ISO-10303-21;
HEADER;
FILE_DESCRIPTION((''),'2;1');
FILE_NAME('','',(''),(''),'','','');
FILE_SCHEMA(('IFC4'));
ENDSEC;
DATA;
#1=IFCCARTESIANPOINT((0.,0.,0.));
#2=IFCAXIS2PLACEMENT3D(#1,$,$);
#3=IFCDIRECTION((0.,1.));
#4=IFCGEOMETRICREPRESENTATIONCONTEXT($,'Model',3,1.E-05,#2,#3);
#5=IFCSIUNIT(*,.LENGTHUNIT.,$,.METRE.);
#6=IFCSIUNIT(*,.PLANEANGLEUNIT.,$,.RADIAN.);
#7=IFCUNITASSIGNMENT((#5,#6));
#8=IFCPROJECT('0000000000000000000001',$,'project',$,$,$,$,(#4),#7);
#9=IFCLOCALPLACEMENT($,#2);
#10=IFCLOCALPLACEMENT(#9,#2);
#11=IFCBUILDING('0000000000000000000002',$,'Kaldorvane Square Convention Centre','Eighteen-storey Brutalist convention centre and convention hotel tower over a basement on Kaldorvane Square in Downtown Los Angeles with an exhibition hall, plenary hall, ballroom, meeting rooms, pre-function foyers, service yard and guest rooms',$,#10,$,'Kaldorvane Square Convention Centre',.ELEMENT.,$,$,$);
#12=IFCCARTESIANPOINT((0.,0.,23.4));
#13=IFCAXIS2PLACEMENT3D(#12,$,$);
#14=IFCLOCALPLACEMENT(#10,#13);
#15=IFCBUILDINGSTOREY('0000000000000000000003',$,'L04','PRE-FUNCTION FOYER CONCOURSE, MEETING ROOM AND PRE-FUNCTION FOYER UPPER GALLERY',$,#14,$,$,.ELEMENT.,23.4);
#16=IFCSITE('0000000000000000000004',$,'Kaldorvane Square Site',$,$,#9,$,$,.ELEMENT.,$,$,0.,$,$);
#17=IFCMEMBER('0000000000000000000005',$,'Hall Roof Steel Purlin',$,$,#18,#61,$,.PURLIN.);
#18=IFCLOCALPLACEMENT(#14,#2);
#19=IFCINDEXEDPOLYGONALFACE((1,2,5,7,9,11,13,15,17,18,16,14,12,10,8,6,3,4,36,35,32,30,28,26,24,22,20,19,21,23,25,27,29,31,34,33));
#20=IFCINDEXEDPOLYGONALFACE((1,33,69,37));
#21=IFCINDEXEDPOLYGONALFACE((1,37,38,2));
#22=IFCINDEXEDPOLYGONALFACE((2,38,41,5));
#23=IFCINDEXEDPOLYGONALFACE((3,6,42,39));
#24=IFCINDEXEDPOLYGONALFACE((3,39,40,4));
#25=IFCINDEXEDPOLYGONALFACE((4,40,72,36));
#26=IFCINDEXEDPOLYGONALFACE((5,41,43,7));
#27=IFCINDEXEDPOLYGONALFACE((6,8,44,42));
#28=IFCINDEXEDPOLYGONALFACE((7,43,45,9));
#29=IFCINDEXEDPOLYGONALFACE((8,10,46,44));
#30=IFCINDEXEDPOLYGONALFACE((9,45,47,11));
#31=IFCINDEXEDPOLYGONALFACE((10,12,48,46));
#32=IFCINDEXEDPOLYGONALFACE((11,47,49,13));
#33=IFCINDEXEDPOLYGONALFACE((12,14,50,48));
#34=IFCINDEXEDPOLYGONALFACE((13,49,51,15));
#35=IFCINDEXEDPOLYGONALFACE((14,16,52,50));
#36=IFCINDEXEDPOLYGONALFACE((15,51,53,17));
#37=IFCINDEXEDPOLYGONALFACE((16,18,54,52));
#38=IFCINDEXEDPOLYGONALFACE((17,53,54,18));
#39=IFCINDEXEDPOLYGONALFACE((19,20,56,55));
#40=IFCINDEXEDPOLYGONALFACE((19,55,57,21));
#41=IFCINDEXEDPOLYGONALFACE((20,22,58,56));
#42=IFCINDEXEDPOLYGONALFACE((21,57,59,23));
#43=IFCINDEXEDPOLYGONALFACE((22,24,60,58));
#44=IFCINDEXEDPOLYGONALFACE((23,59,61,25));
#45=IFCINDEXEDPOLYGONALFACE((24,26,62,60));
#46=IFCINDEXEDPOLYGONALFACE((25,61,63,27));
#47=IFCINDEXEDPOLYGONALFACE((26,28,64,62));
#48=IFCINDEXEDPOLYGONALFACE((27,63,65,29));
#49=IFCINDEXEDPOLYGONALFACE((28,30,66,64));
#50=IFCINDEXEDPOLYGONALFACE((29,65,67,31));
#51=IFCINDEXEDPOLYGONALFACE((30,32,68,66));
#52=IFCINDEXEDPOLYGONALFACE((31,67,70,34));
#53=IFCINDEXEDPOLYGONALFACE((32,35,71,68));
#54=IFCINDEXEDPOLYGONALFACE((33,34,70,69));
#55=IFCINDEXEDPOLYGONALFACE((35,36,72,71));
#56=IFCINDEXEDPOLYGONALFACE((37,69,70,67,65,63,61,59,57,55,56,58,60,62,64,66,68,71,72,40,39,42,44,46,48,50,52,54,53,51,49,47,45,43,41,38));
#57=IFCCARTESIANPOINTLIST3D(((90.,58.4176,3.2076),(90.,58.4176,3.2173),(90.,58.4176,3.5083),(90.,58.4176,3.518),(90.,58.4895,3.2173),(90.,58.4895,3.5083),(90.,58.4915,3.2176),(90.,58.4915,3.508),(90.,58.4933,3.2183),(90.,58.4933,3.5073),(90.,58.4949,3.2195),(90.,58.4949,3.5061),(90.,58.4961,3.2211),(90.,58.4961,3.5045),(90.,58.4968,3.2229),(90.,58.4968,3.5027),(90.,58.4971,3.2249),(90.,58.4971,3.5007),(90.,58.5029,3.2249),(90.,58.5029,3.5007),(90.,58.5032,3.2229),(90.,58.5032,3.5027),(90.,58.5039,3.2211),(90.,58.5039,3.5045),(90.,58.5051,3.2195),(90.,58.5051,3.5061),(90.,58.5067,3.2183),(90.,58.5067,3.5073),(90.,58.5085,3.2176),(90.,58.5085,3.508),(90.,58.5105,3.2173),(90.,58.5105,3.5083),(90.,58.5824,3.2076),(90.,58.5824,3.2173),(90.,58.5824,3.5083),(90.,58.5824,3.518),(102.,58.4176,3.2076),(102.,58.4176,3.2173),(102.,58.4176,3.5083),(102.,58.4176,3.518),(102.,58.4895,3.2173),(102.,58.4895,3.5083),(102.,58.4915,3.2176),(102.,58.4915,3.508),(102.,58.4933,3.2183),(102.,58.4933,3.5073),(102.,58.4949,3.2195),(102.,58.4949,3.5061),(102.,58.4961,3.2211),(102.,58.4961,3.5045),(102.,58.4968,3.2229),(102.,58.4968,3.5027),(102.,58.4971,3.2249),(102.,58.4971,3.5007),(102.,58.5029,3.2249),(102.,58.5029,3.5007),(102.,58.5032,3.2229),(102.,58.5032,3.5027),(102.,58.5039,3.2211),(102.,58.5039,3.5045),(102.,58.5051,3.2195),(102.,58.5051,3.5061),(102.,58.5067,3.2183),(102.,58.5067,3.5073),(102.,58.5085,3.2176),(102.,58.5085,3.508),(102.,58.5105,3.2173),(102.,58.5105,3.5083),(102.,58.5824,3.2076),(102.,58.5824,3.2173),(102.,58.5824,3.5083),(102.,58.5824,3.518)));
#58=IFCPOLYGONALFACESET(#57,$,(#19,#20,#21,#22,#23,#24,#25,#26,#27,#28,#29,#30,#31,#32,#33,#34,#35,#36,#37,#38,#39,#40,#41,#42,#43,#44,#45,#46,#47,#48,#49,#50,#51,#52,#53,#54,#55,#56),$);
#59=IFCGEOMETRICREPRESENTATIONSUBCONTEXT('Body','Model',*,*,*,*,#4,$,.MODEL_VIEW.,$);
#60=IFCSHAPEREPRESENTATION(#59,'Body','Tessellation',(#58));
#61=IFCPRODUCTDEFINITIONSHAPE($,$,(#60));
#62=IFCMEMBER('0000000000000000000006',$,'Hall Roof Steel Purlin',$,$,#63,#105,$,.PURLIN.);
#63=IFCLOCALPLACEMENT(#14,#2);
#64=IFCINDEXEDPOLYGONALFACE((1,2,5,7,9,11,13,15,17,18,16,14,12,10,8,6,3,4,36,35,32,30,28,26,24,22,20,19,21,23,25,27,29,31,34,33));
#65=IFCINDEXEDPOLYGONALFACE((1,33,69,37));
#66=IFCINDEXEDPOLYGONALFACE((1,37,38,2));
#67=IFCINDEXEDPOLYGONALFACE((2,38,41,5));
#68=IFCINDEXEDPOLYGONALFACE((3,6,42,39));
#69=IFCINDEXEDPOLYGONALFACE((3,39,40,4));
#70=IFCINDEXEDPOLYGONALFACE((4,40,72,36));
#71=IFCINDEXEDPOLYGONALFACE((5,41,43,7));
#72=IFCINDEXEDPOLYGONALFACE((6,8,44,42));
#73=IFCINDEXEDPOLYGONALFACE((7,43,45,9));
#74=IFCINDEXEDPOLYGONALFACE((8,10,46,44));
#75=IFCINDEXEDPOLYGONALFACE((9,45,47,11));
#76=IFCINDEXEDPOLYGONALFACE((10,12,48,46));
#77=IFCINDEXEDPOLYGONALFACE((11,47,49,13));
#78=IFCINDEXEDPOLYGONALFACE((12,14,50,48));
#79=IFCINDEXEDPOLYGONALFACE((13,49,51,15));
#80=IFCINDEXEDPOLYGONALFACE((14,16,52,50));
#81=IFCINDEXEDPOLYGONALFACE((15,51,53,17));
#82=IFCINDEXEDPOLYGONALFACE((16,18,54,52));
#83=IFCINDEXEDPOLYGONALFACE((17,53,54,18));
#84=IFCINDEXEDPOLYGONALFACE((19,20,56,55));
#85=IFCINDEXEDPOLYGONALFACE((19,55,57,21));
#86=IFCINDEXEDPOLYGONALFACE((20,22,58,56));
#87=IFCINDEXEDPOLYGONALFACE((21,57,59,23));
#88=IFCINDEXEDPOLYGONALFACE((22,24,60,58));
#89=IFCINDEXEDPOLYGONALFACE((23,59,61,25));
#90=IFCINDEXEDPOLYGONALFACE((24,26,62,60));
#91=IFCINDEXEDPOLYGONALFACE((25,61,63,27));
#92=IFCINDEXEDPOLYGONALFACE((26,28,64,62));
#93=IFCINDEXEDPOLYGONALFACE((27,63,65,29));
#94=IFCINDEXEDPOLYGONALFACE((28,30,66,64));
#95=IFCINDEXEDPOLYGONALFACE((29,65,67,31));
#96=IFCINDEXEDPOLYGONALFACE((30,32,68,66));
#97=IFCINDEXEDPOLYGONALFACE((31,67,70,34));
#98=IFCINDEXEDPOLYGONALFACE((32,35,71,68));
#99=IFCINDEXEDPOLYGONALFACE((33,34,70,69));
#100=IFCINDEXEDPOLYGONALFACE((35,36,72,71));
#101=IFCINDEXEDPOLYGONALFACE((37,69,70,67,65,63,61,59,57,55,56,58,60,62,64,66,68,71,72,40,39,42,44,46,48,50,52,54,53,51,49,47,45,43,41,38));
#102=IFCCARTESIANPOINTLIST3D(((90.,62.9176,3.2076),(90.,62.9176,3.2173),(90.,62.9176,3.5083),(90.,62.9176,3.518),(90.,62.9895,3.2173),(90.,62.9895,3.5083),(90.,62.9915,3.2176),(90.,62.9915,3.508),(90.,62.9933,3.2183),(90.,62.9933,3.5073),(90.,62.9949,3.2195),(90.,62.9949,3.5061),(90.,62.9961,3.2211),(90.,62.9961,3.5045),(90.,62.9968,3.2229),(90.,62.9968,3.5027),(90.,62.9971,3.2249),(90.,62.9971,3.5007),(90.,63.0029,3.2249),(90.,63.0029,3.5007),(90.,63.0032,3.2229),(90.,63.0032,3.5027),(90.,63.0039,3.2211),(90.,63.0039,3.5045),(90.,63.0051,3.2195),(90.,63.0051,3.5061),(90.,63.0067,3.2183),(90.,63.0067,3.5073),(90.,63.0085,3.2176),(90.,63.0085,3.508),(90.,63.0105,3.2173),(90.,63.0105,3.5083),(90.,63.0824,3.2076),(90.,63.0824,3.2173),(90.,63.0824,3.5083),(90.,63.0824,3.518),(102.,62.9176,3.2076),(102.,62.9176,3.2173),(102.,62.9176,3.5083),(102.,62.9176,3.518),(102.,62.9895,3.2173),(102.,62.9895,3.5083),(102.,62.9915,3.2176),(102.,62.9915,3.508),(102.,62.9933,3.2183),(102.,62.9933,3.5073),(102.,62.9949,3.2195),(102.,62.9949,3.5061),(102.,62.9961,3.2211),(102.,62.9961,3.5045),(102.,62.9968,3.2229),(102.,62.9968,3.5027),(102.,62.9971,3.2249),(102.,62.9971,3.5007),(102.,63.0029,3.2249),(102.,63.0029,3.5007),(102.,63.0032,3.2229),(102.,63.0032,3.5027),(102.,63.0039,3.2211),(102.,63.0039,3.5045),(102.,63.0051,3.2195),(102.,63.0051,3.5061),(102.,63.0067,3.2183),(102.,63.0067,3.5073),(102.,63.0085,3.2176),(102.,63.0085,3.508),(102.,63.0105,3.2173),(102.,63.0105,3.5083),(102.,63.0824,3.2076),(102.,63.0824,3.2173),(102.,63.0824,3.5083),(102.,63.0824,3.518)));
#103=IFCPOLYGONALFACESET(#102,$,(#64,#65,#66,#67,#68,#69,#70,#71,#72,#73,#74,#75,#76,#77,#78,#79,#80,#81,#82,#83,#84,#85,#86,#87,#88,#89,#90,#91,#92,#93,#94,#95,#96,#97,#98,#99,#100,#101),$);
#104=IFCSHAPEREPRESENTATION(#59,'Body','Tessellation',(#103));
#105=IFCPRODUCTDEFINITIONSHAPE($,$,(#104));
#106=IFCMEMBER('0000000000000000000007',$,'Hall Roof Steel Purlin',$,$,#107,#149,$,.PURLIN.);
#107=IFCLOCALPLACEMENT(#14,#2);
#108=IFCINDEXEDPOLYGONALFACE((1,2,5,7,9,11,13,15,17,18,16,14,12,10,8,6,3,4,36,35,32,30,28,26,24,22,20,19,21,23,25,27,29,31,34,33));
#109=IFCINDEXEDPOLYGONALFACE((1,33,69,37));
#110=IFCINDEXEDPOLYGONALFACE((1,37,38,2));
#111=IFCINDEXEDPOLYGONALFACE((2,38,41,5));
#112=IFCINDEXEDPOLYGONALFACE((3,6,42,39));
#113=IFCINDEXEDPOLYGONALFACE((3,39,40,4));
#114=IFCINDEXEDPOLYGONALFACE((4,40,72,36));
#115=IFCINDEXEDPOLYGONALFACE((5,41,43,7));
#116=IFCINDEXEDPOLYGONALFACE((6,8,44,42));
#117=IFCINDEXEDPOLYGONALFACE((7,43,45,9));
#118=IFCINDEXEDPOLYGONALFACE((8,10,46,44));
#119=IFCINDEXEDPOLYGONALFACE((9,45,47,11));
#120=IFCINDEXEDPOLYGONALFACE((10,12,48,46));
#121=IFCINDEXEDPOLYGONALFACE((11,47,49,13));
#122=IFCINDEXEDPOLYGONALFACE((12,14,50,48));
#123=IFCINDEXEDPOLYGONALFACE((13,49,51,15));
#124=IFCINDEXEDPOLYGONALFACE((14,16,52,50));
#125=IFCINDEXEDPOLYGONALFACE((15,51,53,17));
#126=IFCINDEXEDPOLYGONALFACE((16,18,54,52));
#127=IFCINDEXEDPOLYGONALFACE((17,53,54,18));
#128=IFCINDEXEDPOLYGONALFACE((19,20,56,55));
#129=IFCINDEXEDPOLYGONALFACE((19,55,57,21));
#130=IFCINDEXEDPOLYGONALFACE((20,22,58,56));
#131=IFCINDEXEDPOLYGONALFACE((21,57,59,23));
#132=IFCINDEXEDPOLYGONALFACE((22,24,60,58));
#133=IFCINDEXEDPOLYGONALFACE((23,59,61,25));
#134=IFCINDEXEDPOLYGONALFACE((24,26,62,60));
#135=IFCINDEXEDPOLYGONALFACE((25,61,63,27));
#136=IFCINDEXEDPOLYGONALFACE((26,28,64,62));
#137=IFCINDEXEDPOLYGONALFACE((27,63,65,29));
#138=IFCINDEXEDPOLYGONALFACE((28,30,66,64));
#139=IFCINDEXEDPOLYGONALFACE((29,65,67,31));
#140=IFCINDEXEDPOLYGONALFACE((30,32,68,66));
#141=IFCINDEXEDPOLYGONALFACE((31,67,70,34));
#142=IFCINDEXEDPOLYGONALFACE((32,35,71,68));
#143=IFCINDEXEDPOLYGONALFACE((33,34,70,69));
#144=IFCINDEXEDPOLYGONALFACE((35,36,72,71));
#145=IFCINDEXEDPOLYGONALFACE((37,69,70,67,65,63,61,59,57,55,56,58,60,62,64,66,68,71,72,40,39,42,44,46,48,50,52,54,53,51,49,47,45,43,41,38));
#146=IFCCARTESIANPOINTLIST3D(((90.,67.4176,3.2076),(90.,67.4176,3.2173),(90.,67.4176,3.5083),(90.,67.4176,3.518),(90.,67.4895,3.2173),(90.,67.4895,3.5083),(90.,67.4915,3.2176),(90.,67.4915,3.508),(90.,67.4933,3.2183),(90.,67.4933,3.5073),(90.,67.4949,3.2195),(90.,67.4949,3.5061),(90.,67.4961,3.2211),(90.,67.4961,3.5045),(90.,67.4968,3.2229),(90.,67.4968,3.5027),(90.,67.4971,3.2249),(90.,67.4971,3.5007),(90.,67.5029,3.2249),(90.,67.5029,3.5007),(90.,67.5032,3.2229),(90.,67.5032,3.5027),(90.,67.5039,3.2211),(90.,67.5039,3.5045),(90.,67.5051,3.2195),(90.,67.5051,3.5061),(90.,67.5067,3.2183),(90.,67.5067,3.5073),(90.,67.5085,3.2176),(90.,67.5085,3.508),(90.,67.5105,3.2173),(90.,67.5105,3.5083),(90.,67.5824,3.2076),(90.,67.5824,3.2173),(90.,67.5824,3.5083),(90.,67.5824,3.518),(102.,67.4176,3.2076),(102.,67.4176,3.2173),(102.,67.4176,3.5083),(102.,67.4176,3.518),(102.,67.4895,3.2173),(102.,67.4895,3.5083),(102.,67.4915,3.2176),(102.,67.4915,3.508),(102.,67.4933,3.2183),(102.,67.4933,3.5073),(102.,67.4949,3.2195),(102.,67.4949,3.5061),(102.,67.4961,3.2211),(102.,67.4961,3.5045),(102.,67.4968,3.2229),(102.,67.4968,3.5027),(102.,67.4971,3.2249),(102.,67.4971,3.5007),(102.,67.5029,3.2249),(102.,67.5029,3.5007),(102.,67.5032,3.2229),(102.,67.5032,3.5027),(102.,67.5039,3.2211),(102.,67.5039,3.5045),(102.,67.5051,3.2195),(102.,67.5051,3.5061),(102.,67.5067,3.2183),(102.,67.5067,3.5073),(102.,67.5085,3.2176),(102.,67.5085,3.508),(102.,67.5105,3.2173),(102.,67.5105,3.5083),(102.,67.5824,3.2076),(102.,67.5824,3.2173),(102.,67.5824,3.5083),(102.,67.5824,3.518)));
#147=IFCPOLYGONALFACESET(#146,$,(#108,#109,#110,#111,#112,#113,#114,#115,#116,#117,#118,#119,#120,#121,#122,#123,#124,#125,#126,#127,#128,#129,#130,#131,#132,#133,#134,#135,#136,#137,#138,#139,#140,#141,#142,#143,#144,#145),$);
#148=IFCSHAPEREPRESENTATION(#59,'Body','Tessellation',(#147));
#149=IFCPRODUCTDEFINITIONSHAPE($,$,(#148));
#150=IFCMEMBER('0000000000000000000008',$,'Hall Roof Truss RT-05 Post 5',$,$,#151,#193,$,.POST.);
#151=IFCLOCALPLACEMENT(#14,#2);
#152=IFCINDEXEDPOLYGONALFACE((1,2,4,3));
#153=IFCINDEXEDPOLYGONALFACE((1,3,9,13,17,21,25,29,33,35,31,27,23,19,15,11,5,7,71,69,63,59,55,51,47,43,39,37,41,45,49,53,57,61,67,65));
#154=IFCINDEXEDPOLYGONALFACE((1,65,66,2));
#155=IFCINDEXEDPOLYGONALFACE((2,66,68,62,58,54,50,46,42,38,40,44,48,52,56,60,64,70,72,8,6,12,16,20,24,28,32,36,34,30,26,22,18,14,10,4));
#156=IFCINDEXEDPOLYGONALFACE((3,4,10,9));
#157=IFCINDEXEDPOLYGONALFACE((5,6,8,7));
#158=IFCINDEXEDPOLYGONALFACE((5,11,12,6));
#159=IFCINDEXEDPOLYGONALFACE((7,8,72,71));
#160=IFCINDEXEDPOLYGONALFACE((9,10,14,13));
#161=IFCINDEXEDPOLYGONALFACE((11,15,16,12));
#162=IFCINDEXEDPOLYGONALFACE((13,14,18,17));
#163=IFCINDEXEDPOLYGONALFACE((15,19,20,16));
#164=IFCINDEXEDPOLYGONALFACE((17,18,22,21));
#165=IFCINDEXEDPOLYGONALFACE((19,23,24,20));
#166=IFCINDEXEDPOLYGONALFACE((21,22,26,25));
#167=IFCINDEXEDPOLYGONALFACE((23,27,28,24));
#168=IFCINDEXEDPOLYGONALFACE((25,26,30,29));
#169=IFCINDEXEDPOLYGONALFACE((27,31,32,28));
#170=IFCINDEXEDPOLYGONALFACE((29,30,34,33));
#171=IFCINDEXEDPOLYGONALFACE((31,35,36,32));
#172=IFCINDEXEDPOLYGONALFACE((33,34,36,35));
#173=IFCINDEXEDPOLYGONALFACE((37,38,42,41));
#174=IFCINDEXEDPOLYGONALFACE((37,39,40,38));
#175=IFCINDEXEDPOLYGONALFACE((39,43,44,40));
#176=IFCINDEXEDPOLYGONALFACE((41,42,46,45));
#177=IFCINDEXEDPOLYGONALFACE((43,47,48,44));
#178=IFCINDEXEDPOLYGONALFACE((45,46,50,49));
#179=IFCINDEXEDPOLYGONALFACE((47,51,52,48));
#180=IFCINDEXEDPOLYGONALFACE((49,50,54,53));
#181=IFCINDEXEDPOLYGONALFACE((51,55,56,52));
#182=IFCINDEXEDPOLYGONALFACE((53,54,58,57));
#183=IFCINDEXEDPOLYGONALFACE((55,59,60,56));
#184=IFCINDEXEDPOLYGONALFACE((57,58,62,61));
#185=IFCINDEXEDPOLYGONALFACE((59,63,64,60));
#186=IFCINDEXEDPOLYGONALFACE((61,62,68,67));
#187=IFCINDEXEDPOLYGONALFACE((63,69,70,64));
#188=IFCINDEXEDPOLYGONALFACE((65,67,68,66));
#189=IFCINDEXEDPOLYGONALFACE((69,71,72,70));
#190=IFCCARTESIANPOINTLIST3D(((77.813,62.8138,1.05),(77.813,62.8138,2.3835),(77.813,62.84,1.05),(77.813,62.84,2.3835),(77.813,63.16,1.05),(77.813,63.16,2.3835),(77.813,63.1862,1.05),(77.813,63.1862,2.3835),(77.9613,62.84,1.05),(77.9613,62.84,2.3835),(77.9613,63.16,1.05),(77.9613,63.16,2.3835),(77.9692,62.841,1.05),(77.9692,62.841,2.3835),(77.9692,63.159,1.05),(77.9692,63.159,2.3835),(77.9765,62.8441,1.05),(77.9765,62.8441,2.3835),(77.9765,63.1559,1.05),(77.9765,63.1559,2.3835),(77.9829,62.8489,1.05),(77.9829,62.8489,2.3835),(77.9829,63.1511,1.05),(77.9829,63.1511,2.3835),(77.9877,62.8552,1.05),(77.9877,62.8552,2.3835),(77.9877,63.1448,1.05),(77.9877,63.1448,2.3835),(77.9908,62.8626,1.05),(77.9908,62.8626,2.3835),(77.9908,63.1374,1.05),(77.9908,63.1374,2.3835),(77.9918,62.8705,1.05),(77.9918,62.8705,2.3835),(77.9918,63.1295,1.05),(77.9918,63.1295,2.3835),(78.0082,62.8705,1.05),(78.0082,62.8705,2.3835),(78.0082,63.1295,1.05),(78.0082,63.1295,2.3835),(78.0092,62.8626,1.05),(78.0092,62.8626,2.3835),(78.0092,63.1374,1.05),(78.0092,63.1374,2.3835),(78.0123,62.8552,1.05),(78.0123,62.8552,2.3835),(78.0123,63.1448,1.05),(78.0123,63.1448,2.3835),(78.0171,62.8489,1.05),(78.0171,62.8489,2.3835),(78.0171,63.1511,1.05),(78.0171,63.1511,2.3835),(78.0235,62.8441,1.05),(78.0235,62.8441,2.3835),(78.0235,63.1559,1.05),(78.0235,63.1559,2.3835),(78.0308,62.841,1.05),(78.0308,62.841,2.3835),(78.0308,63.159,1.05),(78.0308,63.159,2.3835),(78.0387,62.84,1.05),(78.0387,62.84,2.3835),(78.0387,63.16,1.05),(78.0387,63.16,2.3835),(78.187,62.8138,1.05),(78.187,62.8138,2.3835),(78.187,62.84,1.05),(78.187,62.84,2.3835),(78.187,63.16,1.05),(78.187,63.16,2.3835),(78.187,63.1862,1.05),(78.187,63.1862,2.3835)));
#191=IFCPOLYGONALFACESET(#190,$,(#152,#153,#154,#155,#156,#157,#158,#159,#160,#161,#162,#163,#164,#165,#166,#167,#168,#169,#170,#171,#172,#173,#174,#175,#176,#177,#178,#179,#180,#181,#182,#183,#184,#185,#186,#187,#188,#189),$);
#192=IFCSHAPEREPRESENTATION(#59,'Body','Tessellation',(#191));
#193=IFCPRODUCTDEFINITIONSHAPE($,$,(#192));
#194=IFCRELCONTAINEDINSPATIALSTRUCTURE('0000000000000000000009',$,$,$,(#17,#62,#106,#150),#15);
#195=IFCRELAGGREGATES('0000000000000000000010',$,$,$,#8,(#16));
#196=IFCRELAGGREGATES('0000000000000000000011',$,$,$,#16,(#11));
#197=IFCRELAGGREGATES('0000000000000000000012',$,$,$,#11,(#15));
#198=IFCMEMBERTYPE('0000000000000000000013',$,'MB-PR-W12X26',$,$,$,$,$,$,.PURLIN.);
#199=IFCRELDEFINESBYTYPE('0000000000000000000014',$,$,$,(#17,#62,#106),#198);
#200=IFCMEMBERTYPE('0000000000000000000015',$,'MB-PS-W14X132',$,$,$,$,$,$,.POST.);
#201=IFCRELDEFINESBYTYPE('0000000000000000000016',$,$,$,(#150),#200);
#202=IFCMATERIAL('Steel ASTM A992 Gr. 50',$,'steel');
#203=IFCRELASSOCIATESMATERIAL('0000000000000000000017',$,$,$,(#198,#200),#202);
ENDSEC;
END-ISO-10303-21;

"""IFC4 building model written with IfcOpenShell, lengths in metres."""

from ifc_helpers import new_model, si_unit, direction, frame, origin, origin_2d, place, context, subcontext, project, spatial, i_section, extrude, material, material_profile, profile_set, type_object, element, save


model = new_model("IFC4")

# Units and contexts
model_context = context("Model", 3, precision=1e-05, world=origin(), true_north=direction((0.0, 1.0)))
body_context = subcontext(model_context, "Body", "Model", "MODEL_VIEW")
ifc_project = project(units=[si_unit("LENGTHUNIT", "METRE"), si_unit("PLANEANGLEUNIT", "RADIAN")], contexts=[model_context])

# Site, building, storey
site_placement = place(None, origin())
site = spatial("IfcSite", under=ifc_project, at=site_placement, Name="Kaldorvane Square Site", CompositionType="ELEMENT", RefElevation=0.0)
building_placement = place(site_placement, origin())
building = spatial("IfcBuilding", under=site, at=building_placement, Name="Kaldorvane Square Convention Centre", Description="Eighteen-storey Brutalist convention centre and convention hotel tower over a basement on Kaldorvane Square in Downtown Los Angeles with an exhibition hall, plenary hall, ballroom, meeting rooms, pre-function foyers, service yard and guest rooms", LongName="Kaldorvane Square Convention Centre", CompositionType="ELEMENT")
storey_placement = place(building_placement, frame((0.0, 0.0, 23.4)))
storey = spatial("IfcBuildingStorey", under=building, at=storey_placement, Name="L04", Description="PRE-FUNCTION FOYER CONCOURSE, MEETING ROOM AND PRE-FUNCTION FOYER UPPER GALLERY", CompositionType="ELEMENT", Elevation=23.4)

# Shared definitions
ifc_material_1 = material(Name="Steel ASTM A992 Gr. 50", Category="steel")

# Members
ifc_material_profile_1 = material_profile(ifc_material_1, i_section(OverallWidth=0.1648, OverallDepth=0.3104, WebThickness=0.0058, FlangeThickness=0.0097, FilletRadius=0.0076, at=origin_2d()), Name="W12X26")
ifc_profile_set_1 = profile_set([ifc_material_profile_1], Name="Steel ASTM A992 Gr. 50")
member_type_1 = type_object("IfcMemberType", Name="MB-PR-W12X26", PredefinedType="PURLIN", material=ifc_profile_set_1)
for number, where, z_axis, x_axis, name in (
    (1, (90.0, 58.5, 3.3628), (1.0, 0.0, 0.0), (0.0, 1.0, 0.0), "Hall Roof Steel Purlin"),
    (2, (90.0, 63.0, 3.3628), (1.0, 0.0, 0.0), (0.0, 1.0, 0.0), "Hall Roof Steel Purlin"),
    (3, (90.0, 67.5, 3.3628), (1.0, 0.0, 0.0), (0.0, 1.0, 0.0), "Hall Roof Steel Purlin"),
):
    element("IfcMember", number, at=place(storey_placement, frame(where, z_axis=z_axis, x_axis=x_axis)), inside=storey, type_object=member_type_1, Name=name, PredefinedType="PURLIN", context=body_context, shape_type="SweptSolid", body=[
        extrude(i_section(OverallWidth=0.1648, OverallDepth=0.3104, WebThickness=0.0058, FlangeThickness=0.0097, FilletRadius=0.0076, at=origin_2d()), origin(), (0.0, 0.0, 1.0), 12.0),
    ])
ifc_material_profile_2 = material_profile(ifc_material_1, i_section(OverallWidth=0.374, OverallDepth=0.3724, WebThickness=0.0164, FlangeThickness=0.0262, FilletRadius=0.0305, at=origin_2d()), Name="W14X132")
ifc_profile_set_2 = profile_set([ifc_material_profile_2], Name="Steel ASTM A992 Gr. 50")
member_type_2 = type_object("IfcMemberType", Name="MB-PS-W14X132", PredefinedType="POST", material=ifc_profile_set_2)
for number, where, z_axis, x_axis, name in (
    (4, (78.0, 63.0, 1.05), (0.0, 0.0, 1.0), (1.0, 0.0, 0.0), "Hall Roof Truss RT-05 Post 5"),
):
    element("IfcMember", number, at=place(storey_placement, frame(where, z_axis=z_axis, x_axis=x_axis)), inside=storey, type_object=member_type_2, Name=name, PredefinedType="POST", context=body_context, shape_type="SweptSolid", body=[
        extrude(i_section(OverallWidth=0.374, OverallDepth=0.3724, WebThickness=0.0164, FlangeThickness=0.0262, FilletRadius=0.0305, at=origin_2d()), origin(), (0.0, 0.0, 1.0), 1.3335),
    ])

save(model, "model.ifc")
